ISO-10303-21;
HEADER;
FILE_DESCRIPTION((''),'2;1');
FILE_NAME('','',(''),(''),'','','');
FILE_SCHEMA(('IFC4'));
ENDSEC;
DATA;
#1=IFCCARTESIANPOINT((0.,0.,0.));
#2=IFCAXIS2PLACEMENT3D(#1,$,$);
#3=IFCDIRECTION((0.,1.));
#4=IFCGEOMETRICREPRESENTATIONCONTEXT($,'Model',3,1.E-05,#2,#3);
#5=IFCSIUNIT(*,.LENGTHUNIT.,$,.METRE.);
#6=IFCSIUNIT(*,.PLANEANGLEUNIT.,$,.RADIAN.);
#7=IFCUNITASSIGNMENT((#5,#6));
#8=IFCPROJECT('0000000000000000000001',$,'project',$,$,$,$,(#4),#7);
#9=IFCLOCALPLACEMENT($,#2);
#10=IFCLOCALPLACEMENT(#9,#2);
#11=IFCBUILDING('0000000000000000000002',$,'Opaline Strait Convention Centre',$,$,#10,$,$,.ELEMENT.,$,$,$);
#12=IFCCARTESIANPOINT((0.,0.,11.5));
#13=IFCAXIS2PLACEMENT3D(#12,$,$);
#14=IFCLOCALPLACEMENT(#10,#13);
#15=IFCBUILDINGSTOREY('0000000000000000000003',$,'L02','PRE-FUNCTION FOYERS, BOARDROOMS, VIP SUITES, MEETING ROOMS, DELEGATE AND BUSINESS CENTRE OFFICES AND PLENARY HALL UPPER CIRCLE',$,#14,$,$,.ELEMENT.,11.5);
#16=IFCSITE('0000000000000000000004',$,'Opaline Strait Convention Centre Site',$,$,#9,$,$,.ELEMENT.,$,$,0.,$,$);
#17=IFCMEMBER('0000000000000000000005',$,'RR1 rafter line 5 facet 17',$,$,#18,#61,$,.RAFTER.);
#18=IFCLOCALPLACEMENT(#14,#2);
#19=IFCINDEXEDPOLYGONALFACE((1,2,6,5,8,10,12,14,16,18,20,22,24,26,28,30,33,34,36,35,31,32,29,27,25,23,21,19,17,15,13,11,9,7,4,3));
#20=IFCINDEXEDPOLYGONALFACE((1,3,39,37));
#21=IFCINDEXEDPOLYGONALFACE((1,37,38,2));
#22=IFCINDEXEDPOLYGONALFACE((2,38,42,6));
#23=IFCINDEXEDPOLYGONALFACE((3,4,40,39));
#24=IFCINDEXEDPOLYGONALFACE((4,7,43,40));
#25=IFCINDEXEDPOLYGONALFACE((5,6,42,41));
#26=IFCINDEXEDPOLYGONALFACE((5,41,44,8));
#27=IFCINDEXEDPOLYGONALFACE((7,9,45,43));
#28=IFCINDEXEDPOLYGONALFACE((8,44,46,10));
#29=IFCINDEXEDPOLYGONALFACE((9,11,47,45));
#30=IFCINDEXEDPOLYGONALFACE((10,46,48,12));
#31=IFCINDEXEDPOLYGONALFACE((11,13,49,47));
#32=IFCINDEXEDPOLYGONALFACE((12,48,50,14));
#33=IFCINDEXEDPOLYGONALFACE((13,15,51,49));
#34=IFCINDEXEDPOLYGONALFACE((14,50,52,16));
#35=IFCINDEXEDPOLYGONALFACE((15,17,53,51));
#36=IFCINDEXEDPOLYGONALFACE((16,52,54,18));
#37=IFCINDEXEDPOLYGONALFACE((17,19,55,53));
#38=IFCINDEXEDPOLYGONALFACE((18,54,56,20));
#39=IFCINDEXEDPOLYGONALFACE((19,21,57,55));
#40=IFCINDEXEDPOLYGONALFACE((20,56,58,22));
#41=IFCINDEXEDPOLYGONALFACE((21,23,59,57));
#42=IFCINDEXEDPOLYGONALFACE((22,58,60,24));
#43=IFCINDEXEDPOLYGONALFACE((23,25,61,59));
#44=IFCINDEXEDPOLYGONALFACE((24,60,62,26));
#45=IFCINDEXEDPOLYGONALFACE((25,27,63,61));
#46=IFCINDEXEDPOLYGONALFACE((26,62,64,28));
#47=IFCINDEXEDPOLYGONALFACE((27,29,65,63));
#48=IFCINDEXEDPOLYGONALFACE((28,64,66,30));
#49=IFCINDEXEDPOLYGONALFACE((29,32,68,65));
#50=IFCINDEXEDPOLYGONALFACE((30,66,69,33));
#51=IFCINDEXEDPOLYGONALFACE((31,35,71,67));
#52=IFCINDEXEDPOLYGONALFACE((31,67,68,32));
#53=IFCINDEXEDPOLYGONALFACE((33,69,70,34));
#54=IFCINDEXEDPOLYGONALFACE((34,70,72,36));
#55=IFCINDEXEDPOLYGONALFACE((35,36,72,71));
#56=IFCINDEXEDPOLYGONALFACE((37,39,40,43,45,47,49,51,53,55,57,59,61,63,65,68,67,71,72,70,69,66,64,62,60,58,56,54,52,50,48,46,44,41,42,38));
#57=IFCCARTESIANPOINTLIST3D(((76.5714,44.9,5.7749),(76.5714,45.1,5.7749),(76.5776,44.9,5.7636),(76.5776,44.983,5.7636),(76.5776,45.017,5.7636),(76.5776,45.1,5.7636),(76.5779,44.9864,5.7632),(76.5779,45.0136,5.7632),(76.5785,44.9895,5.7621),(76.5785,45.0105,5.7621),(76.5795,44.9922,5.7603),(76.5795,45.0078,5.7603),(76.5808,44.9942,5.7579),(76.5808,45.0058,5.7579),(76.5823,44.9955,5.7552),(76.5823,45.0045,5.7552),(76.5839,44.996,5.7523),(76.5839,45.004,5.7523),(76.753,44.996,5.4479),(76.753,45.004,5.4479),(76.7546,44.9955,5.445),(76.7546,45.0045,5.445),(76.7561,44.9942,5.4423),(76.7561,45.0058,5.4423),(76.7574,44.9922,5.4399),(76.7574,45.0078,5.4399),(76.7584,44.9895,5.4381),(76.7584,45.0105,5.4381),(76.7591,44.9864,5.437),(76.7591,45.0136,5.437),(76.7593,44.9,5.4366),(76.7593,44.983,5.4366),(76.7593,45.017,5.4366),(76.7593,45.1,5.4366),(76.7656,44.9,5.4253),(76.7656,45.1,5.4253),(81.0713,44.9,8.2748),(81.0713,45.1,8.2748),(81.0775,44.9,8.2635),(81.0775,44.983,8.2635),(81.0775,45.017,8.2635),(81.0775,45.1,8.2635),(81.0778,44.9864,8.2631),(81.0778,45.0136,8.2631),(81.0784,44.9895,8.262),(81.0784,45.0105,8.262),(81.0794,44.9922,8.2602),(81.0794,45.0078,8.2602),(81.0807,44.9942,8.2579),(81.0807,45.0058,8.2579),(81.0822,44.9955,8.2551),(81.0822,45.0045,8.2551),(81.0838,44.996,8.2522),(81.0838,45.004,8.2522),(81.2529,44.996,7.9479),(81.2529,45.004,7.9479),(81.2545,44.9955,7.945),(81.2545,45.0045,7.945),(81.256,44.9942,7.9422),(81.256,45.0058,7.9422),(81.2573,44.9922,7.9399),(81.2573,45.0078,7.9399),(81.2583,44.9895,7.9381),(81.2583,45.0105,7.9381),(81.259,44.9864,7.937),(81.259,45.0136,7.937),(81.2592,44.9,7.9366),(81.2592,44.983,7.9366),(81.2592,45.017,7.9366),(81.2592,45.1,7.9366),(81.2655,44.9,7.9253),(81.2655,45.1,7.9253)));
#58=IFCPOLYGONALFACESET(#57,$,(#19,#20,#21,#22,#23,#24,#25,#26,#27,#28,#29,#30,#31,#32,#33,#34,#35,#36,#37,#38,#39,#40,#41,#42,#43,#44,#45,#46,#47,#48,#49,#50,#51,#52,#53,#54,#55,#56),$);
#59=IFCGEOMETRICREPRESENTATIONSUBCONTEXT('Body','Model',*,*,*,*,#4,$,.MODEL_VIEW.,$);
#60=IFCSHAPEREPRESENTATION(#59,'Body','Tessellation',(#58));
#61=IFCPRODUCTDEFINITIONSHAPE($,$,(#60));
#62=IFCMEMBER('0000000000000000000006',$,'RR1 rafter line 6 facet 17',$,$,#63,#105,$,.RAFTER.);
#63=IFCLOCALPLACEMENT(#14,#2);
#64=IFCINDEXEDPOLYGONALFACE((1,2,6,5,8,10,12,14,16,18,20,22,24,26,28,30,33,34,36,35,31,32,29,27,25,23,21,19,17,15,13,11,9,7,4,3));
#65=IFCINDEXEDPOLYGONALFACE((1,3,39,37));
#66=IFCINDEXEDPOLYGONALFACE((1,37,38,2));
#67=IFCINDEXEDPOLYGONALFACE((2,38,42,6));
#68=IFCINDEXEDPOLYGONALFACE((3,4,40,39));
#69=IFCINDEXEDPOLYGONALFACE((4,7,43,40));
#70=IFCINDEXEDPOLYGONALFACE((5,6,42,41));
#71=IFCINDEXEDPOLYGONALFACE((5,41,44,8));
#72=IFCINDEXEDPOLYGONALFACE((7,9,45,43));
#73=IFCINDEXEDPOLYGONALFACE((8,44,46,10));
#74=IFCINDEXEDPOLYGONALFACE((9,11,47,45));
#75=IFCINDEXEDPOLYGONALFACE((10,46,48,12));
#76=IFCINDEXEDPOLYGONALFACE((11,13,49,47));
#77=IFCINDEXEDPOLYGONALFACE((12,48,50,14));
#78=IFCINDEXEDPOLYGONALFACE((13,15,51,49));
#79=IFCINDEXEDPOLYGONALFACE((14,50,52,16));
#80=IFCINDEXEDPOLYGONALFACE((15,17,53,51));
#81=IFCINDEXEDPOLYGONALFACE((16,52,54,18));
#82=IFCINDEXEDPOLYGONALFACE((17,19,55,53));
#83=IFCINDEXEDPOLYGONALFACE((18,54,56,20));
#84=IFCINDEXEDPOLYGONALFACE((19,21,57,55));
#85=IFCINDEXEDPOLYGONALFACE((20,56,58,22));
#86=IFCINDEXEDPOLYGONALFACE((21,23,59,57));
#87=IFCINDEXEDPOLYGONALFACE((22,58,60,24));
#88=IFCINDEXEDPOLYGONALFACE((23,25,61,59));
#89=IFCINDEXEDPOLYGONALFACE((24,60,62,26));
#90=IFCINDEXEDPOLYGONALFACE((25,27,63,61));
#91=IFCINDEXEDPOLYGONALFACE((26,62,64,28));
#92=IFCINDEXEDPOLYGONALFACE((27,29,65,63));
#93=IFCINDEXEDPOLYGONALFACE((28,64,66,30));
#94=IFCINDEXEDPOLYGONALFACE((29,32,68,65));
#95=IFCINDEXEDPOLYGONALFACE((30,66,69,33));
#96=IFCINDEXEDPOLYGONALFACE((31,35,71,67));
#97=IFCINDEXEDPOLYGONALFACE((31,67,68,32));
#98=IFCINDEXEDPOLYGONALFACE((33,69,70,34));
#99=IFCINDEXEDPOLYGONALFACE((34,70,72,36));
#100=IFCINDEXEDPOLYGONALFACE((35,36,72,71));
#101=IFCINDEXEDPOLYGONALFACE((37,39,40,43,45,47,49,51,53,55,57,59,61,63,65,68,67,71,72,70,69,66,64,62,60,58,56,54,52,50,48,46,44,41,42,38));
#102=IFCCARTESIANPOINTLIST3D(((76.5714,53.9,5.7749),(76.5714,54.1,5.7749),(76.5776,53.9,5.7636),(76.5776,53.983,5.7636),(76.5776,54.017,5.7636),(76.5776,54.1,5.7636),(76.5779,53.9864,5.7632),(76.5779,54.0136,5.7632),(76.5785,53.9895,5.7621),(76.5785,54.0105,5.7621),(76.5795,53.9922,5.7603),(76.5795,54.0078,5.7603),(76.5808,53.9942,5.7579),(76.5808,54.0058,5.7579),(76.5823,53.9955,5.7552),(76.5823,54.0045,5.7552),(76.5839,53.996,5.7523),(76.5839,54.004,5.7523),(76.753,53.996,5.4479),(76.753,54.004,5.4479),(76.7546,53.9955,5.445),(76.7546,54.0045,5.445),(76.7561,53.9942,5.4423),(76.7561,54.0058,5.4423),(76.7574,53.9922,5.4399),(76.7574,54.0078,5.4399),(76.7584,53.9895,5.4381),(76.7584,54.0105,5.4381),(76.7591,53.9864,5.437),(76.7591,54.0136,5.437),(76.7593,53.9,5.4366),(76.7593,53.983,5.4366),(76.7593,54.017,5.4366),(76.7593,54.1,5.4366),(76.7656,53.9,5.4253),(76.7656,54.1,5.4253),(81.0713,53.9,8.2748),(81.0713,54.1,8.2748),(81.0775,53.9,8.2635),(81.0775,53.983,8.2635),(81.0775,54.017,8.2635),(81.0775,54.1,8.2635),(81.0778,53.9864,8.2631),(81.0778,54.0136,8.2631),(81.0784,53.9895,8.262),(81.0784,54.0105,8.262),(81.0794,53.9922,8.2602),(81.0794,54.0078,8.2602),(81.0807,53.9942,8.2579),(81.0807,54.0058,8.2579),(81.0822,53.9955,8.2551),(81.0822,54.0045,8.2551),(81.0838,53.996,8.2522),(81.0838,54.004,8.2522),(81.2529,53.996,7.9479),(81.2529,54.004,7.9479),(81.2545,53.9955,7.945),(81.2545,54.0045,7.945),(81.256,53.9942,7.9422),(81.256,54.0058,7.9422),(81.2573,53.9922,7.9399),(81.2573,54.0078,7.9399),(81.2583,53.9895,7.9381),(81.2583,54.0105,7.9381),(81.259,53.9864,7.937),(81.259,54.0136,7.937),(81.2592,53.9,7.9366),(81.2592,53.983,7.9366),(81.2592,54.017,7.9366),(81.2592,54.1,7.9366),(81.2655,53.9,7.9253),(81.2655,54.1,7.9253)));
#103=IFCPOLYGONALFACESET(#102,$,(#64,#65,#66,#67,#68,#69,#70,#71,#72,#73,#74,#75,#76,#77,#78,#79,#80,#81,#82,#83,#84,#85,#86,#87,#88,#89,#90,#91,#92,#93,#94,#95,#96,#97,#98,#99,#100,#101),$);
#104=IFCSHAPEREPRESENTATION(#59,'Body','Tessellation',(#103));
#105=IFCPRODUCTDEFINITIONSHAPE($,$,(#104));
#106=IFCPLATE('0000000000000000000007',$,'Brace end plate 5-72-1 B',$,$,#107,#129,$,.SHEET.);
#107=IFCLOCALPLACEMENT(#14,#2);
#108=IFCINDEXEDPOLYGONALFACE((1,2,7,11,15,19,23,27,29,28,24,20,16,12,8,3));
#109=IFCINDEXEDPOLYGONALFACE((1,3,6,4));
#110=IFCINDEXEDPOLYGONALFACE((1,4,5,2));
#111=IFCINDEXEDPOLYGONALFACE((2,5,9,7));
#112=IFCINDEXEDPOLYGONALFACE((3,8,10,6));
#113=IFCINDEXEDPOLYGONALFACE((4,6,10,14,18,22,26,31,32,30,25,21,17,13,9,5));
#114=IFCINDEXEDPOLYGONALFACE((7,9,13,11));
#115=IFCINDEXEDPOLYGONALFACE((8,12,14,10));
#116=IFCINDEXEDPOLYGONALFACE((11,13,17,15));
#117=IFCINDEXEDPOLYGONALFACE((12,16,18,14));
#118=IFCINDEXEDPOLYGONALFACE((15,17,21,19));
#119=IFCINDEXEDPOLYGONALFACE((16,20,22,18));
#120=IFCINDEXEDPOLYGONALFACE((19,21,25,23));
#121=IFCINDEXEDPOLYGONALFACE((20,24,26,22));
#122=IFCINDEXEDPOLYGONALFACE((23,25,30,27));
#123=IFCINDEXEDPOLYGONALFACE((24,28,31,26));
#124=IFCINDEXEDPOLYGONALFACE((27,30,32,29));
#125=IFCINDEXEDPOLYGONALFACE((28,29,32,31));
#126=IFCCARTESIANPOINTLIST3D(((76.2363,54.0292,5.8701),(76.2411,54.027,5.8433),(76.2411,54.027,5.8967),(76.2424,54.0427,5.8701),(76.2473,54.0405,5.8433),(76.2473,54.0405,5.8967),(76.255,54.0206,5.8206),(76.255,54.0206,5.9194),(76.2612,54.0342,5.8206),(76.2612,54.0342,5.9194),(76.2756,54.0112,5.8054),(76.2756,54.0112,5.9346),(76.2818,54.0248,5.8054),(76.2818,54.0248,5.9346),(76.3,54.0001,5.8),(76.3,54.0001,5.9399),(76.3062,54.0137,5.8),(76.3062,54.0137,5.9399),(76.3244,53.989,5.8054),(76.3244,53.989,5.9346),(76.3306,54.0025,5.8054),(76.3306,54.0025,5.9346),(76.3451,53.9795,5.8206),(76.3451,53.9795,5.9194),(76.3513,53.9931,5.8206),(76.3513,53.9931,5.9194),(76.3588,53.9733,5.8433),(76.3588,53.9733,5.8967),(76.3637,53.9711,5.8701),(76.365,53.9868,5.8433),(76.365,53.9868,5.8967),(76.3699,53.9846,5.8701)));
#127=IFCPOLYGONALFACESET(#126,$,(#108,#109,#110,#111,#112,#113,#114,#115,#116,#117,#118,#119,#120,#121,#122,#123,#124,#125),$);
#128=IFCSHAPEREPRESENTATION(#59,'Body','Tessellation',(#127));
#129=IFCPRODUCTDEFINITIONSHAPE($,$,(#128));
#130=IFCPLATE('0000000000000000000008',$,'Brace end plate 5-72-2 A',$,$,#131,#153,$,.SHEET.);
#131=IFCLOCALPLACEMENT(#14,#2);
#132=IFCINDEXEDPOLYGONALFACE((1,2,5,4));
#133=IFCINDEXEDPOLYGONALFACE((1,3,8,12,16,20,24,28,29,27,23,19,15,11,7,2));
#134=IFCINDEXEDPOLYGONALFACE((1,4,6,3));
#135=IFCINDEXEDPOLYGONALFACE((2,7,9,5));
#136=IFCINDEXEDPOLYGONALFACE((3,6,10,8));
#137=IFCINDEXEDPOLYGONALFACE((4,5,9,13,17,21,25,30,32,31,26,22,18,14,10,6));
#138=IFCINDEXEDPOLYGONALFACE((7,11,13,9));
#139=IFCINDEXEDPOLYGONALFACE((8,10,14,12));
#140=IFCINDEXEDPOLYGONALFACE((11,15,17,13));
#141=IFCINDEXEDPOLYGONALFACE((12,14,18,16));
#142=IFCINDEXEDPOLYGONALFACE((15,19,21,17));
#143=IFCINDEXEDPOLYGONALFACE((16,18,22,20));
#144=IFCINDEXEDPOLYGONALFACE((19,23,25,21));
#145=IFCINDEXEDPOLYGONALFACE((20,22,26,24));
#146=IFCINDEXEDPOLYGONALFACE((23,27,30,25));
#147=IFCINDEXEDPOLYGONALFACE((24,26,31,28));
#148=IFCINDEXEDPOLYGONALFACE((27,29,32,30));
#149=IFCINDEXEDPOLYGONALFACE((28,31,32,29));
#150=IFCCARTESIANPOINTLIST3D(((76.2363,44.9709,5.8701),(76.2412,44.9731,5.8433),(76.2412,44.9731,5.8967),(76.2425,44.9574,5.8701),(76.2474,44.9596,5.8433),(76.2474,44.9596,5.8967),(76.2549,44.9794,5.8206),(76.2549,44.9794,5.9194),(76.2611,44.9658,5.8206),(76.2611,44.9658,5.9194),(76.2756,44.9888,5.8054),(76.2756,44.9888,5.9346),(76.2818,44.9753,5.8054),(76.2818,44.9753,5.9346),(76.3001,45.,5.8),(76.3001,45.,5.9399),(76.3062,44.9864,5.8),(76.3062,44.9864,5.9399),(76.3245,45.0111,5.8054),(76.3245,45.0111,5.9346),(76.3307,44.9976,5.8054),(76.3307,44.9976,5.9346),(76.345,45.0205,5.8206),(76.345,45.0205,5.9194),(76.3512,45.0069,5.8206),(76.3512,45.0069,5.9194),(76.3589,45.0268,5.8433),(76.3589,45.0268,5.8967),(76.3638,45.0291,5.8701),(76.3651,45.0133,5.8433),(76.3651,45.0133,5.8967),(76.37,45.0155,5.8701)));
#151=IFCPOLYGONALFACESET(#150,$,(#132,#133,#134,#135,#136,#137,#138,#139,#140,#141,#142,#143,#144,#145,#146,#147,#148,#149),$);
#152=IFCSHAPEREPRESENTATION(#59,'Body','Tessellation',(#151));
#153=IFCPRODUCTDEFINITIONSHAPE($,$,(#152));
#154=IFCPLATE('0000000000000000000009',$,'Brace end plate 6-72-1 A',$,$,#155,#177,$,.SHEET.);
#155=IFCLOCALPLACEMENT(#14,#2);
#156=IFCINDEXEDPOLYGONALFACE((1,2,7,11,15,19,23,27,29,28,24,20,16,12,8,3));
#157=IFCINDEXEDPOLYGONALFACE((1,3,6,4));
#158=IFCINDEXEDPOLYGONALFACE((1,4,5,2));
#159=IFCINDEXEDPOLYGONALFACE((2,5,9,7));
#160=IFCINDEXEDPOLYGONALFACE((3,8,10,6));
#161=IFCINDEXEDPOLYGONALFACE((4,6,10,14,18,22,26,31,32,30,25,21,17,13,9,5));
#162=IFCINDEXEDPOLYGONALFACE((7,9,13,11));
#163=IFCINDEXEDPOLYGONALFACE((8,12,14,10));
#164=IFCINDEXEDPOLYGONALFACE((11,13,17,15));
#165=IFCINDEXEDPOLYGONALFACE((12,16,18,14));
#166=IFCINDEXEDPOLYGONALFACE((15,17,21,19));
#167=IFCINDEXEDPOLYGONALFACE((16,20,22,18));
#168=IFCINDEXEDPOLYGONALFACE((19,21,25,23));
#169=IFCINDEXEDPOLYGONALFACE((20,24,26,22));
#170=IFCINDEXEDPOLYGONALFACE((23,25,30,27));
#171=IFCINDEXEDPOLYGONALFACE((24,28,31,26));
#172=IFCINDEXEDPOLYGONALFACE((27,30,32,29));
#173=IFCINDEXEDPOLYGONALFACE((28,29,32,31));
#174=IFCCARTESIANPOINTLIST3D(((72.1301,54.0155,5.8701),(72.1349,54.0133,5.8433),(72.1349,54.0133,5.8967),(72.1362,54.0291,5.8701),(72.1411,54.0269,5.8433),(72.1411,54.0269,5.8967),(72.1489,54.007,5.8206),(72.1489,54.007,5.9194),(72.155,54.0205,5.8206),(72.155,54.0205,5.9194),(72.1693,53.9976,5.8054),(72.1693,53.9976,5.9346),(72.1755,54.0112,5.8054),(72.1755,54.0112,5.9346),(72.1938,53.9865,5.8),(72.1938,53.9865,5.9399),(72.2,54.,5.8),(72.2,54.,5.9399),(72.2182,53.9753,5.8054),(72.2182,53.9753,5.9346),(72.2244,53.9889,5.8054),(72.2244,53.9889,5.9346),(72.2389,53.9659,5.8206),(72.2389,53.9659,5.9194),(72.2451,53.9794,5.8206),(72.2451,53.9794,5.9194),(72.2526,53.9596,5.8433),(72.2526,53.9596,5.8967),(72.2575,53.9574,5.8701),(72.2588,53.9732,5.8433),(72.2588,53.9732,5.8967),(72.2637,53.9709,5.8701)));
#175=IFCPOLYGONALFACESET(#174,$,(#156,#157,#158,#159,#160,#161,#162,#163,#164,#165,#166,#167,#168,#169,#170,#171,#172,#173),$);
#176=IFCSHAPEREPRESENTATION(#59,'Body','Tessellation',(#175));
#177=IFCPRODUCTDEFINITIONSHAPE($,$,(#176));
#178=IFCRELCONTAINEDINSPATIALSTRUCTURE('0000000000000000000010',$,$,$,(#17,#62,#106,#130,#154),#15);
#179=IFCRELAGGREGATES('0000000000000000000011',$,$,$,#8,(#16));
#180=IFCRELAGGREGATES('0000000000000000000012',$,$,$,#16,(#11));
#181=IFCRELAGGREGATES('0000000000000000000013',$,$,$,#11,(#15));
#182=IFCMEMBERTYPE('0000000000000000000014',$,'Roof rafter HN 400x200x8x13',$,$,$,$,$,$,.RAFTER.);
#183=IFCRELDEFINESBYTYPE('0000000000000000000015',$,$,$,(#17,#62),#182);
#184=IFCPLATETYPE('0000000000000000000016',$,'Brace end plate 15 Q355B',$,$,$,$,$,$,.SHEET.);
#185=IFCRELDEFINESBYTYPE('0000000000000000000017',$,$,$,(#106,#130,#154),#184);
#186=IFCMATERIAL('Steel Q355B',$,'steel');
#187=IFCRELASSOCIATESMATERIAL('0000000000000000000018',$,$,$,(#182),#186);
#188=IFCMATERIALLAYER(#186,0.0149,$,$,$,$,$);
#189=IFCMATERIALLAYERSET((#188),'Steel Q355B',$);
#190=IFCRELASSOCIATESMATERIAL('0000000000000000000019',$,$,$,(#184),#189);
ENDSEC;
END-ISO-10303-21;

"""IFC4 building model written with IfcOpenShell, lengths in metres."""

from ifc_helpers import new_model, si_unit, direction, frame, origin, origin_2d, place, context, subcontext, project, spatial, polyline, i_section, outline, extrude, material, layer, layer_set, material_profile, profile_set, type_object, element, save


model = new_model("IFC4")

# Units and contexts
model_context = context("Model", 3, precision=1e-05, world=origin(), true_north=direction((0.0, 1.0)))
body_context = subcontext(model_context, "Body", "Model", "MODEL_VIEW")
ifc_project = project(units=[si_unit("LENGTHUNIT", "METRE"), si_unit("PLANEANGLEUNIT", "RADIAN")], contexts=[model_context])

# Site, building, storey
site_placement = place(None, origin())
site = spatial("IfcSite", under=ifc_project, at=site_placement, Name="Opaline Strait Convention Centre Site", CompositionType="ELEMENT", RefElevation=0.0)
building_placement = place(site_placement, origin())
building = spatial("IfcBuilding", under=site, at=building_placement, Name="Opaline Strait Convention Centre", CompositionType="ELEMENT")
storey_placement = place(building_placement, frame((0.0, 0.0, 11.5)))
storey = spatial("IfcBuildingStorey", under=building, at=storey_placement, Name="L02", Description="PRE-FUNCTION FOYERS, BOARDROOMS, VIP SUITES, MEETING ROOMS, DELEGATE AND BUSINESS CENTRE OFFICES AND PLENARY HALL UPPER CIRCLE", CompositionType="ELEMENT", Elevation=11.5)

# Shared definitions
ifc_material_1 = material(Name="Steel Q355B", Category="steel")

# Members
ifc_material_profile_1 = material_profile(ifc_material_1, i_section(OverallWidth=0.2, OverallDepth=0.3999, WebThickness=0.0081, FlangeThickness=0.0129, FilletRadius=0.0129, at=origin_2d()), Name="HN 400x200x8x13")
ifc_profile_set_1 = profile_set([ifc_material_profile_1], Name="Steel Q355B")
member_type_1 = type_object("IfcMemberType", Name="Roof rafter HN 400x200x8x13", PredefinedType="RAFTER", material=ifc_profile_set_1)
for number, where, z_axis, x_axis, name in (
    (1, (76.6685, 45.0, 5.6001), (0.874157, 0.0, 0.485643), (0.0, 1.0, 0.0), "RR1 rafter line 5 facet 17"),
    (2, (76.6685, 54.0, 5.6001), (0.874157, 0.0, 0.485643), (0.0, 1.0, 0.0), "RR1 rafter line 6 facet 17"),
):
    element("IfcMember", number, at=place(storey_placement, frame(where, z_axis=z_axis, x_axis=x_axis)), inside=storey, type_object=member_type_1, Name=name, PredefinedType="RAFTER", context=body_context, shape_type="SweptSolid", body=[
        extrude(i_section(OverallWidth=0.2, OverallDepth=0.3999, WebThickness=0.0081, FlangeThickness=0.0129, FilletRadius=0.0129, at=origin_2d()), origin(), (0.0, 0.0, 1.0), 5.1477),
    ])

# Plates
ifc_layer_1 = layer(ifc_material_1, 0.0149)
ifc_layer_set_1 = layer_set([ifc_layer_1], Name="Steel Q355B")
plate_type = type_object("IfcPlateType", Name="Brace end plate 15 Q355B", PredefinedType="SHEET", material=ifc_layer_set_1)
plate_1_placement = place(storey_placement, frame((76.3699, 53.9846, 5.8701), z_axis=(0.414837, 0.909896, 0.0), x_axis=(-0.177911, 0.081112, -0.980698)))
element("IfcPlate", 3, at=plate_1_placement, inside=storey, type_object=plate_type, Name="Brace end plate 5-72-1 B", PredefinedType="SHEET", context=body_context, shape_type="SweptSolid", body=[
    extrude(outline(polyline([(0.0, 0.0), (0.0274, 0.0), (0.0526, 0.0103), (0.0719, 0.0297), (0.0824, 0.055), (0.0824, 0.0823), (0.072, 0.1074), (0.0527, 0.1269), (0.0274, 0.1374), (0.0002, 0.1373), (-0.025, 0.1268), (-0.0443, 0.1075), (-0.0548, 0.0823), (-0.0548, 0.0549), (-0.0444, 0.0297), (-0.0251, 0.0105), (0.0, 0.0)])), origin(), (0.0, 0.0, -1.0), 0.0149),
])
plate_2_placement = place(storey_placement, frame((76.3638, 45.0291, 5.8701), z_axis=(-0.415113, 0.90977, 0.0), x_axis=(-0.177886, -0.081166, -0.980698)))
element("IfcPlate", 4, at=plate_2_placement, inside=storey, type_object=plate_type, Name="Brace end plate 5-72-2 A", PredefinedType="SHEET", context=body_context, shape_type="SweptSolid", body=[
    extrude(outline(polyline([(0.0, 0.0), (0.0274, 0.0), (0.0526, 0.0106), (0.0719, 0.0297), (0.0824, 0.055), (0.0824, 0.0824), (0.072, 0.1076), (0.0527, 0.1269), (0.0274, 0.1374), (0.0002, 0.1373), (-0.025, 0.127), (-0.0443, 0.1076), (-0.0548, 0.0823), (-0.0548, 0.0549), (-0.0443, 0.0299), (-0.0251, 0.0105), (0.0, 0.0)])), origin(), (0.0, 0.0, -1.0), 0.0149),
])
plate_3_placement = place(storey_placement, frame((72.2637, 53.9709, 5.8701), z_axis=(0.415113, 0.90977, 0.0), x_axis=(-0.177886, 0.081166, -0.980698)))
element("IfcPlate", 5, at=plate_3_placement, inside=storey, type_object=plate_type, Name="Brace end plate 6-72-1 A", PredefinedType="SHEET", context=body_context, shape_type="SweptSolid", body=[
    extrude(outline(polyline([(0.0, 0.0), (0.0274, 0.0), (0.0526, 0.0103), (0.0719, 0.0297), (0.0824, 0.055), (0.0824, 0.0824), (0.072, 0.1074), (0.0527, 0.1269), (0.0274, 0.1374), (0.0002, 0.1373), (-0.025, 0.1268), (-0.0443, 0.1076), (-0.0548, 0.0823), (-0.0548, 0.0549), (-0.0444, 0.0297), (-0.0251, 0.0105), (0.0, 0.0)])), origin(), (0.0, 0.0, -1.0), 0.0149),
])

save(model, "model.ifc")
